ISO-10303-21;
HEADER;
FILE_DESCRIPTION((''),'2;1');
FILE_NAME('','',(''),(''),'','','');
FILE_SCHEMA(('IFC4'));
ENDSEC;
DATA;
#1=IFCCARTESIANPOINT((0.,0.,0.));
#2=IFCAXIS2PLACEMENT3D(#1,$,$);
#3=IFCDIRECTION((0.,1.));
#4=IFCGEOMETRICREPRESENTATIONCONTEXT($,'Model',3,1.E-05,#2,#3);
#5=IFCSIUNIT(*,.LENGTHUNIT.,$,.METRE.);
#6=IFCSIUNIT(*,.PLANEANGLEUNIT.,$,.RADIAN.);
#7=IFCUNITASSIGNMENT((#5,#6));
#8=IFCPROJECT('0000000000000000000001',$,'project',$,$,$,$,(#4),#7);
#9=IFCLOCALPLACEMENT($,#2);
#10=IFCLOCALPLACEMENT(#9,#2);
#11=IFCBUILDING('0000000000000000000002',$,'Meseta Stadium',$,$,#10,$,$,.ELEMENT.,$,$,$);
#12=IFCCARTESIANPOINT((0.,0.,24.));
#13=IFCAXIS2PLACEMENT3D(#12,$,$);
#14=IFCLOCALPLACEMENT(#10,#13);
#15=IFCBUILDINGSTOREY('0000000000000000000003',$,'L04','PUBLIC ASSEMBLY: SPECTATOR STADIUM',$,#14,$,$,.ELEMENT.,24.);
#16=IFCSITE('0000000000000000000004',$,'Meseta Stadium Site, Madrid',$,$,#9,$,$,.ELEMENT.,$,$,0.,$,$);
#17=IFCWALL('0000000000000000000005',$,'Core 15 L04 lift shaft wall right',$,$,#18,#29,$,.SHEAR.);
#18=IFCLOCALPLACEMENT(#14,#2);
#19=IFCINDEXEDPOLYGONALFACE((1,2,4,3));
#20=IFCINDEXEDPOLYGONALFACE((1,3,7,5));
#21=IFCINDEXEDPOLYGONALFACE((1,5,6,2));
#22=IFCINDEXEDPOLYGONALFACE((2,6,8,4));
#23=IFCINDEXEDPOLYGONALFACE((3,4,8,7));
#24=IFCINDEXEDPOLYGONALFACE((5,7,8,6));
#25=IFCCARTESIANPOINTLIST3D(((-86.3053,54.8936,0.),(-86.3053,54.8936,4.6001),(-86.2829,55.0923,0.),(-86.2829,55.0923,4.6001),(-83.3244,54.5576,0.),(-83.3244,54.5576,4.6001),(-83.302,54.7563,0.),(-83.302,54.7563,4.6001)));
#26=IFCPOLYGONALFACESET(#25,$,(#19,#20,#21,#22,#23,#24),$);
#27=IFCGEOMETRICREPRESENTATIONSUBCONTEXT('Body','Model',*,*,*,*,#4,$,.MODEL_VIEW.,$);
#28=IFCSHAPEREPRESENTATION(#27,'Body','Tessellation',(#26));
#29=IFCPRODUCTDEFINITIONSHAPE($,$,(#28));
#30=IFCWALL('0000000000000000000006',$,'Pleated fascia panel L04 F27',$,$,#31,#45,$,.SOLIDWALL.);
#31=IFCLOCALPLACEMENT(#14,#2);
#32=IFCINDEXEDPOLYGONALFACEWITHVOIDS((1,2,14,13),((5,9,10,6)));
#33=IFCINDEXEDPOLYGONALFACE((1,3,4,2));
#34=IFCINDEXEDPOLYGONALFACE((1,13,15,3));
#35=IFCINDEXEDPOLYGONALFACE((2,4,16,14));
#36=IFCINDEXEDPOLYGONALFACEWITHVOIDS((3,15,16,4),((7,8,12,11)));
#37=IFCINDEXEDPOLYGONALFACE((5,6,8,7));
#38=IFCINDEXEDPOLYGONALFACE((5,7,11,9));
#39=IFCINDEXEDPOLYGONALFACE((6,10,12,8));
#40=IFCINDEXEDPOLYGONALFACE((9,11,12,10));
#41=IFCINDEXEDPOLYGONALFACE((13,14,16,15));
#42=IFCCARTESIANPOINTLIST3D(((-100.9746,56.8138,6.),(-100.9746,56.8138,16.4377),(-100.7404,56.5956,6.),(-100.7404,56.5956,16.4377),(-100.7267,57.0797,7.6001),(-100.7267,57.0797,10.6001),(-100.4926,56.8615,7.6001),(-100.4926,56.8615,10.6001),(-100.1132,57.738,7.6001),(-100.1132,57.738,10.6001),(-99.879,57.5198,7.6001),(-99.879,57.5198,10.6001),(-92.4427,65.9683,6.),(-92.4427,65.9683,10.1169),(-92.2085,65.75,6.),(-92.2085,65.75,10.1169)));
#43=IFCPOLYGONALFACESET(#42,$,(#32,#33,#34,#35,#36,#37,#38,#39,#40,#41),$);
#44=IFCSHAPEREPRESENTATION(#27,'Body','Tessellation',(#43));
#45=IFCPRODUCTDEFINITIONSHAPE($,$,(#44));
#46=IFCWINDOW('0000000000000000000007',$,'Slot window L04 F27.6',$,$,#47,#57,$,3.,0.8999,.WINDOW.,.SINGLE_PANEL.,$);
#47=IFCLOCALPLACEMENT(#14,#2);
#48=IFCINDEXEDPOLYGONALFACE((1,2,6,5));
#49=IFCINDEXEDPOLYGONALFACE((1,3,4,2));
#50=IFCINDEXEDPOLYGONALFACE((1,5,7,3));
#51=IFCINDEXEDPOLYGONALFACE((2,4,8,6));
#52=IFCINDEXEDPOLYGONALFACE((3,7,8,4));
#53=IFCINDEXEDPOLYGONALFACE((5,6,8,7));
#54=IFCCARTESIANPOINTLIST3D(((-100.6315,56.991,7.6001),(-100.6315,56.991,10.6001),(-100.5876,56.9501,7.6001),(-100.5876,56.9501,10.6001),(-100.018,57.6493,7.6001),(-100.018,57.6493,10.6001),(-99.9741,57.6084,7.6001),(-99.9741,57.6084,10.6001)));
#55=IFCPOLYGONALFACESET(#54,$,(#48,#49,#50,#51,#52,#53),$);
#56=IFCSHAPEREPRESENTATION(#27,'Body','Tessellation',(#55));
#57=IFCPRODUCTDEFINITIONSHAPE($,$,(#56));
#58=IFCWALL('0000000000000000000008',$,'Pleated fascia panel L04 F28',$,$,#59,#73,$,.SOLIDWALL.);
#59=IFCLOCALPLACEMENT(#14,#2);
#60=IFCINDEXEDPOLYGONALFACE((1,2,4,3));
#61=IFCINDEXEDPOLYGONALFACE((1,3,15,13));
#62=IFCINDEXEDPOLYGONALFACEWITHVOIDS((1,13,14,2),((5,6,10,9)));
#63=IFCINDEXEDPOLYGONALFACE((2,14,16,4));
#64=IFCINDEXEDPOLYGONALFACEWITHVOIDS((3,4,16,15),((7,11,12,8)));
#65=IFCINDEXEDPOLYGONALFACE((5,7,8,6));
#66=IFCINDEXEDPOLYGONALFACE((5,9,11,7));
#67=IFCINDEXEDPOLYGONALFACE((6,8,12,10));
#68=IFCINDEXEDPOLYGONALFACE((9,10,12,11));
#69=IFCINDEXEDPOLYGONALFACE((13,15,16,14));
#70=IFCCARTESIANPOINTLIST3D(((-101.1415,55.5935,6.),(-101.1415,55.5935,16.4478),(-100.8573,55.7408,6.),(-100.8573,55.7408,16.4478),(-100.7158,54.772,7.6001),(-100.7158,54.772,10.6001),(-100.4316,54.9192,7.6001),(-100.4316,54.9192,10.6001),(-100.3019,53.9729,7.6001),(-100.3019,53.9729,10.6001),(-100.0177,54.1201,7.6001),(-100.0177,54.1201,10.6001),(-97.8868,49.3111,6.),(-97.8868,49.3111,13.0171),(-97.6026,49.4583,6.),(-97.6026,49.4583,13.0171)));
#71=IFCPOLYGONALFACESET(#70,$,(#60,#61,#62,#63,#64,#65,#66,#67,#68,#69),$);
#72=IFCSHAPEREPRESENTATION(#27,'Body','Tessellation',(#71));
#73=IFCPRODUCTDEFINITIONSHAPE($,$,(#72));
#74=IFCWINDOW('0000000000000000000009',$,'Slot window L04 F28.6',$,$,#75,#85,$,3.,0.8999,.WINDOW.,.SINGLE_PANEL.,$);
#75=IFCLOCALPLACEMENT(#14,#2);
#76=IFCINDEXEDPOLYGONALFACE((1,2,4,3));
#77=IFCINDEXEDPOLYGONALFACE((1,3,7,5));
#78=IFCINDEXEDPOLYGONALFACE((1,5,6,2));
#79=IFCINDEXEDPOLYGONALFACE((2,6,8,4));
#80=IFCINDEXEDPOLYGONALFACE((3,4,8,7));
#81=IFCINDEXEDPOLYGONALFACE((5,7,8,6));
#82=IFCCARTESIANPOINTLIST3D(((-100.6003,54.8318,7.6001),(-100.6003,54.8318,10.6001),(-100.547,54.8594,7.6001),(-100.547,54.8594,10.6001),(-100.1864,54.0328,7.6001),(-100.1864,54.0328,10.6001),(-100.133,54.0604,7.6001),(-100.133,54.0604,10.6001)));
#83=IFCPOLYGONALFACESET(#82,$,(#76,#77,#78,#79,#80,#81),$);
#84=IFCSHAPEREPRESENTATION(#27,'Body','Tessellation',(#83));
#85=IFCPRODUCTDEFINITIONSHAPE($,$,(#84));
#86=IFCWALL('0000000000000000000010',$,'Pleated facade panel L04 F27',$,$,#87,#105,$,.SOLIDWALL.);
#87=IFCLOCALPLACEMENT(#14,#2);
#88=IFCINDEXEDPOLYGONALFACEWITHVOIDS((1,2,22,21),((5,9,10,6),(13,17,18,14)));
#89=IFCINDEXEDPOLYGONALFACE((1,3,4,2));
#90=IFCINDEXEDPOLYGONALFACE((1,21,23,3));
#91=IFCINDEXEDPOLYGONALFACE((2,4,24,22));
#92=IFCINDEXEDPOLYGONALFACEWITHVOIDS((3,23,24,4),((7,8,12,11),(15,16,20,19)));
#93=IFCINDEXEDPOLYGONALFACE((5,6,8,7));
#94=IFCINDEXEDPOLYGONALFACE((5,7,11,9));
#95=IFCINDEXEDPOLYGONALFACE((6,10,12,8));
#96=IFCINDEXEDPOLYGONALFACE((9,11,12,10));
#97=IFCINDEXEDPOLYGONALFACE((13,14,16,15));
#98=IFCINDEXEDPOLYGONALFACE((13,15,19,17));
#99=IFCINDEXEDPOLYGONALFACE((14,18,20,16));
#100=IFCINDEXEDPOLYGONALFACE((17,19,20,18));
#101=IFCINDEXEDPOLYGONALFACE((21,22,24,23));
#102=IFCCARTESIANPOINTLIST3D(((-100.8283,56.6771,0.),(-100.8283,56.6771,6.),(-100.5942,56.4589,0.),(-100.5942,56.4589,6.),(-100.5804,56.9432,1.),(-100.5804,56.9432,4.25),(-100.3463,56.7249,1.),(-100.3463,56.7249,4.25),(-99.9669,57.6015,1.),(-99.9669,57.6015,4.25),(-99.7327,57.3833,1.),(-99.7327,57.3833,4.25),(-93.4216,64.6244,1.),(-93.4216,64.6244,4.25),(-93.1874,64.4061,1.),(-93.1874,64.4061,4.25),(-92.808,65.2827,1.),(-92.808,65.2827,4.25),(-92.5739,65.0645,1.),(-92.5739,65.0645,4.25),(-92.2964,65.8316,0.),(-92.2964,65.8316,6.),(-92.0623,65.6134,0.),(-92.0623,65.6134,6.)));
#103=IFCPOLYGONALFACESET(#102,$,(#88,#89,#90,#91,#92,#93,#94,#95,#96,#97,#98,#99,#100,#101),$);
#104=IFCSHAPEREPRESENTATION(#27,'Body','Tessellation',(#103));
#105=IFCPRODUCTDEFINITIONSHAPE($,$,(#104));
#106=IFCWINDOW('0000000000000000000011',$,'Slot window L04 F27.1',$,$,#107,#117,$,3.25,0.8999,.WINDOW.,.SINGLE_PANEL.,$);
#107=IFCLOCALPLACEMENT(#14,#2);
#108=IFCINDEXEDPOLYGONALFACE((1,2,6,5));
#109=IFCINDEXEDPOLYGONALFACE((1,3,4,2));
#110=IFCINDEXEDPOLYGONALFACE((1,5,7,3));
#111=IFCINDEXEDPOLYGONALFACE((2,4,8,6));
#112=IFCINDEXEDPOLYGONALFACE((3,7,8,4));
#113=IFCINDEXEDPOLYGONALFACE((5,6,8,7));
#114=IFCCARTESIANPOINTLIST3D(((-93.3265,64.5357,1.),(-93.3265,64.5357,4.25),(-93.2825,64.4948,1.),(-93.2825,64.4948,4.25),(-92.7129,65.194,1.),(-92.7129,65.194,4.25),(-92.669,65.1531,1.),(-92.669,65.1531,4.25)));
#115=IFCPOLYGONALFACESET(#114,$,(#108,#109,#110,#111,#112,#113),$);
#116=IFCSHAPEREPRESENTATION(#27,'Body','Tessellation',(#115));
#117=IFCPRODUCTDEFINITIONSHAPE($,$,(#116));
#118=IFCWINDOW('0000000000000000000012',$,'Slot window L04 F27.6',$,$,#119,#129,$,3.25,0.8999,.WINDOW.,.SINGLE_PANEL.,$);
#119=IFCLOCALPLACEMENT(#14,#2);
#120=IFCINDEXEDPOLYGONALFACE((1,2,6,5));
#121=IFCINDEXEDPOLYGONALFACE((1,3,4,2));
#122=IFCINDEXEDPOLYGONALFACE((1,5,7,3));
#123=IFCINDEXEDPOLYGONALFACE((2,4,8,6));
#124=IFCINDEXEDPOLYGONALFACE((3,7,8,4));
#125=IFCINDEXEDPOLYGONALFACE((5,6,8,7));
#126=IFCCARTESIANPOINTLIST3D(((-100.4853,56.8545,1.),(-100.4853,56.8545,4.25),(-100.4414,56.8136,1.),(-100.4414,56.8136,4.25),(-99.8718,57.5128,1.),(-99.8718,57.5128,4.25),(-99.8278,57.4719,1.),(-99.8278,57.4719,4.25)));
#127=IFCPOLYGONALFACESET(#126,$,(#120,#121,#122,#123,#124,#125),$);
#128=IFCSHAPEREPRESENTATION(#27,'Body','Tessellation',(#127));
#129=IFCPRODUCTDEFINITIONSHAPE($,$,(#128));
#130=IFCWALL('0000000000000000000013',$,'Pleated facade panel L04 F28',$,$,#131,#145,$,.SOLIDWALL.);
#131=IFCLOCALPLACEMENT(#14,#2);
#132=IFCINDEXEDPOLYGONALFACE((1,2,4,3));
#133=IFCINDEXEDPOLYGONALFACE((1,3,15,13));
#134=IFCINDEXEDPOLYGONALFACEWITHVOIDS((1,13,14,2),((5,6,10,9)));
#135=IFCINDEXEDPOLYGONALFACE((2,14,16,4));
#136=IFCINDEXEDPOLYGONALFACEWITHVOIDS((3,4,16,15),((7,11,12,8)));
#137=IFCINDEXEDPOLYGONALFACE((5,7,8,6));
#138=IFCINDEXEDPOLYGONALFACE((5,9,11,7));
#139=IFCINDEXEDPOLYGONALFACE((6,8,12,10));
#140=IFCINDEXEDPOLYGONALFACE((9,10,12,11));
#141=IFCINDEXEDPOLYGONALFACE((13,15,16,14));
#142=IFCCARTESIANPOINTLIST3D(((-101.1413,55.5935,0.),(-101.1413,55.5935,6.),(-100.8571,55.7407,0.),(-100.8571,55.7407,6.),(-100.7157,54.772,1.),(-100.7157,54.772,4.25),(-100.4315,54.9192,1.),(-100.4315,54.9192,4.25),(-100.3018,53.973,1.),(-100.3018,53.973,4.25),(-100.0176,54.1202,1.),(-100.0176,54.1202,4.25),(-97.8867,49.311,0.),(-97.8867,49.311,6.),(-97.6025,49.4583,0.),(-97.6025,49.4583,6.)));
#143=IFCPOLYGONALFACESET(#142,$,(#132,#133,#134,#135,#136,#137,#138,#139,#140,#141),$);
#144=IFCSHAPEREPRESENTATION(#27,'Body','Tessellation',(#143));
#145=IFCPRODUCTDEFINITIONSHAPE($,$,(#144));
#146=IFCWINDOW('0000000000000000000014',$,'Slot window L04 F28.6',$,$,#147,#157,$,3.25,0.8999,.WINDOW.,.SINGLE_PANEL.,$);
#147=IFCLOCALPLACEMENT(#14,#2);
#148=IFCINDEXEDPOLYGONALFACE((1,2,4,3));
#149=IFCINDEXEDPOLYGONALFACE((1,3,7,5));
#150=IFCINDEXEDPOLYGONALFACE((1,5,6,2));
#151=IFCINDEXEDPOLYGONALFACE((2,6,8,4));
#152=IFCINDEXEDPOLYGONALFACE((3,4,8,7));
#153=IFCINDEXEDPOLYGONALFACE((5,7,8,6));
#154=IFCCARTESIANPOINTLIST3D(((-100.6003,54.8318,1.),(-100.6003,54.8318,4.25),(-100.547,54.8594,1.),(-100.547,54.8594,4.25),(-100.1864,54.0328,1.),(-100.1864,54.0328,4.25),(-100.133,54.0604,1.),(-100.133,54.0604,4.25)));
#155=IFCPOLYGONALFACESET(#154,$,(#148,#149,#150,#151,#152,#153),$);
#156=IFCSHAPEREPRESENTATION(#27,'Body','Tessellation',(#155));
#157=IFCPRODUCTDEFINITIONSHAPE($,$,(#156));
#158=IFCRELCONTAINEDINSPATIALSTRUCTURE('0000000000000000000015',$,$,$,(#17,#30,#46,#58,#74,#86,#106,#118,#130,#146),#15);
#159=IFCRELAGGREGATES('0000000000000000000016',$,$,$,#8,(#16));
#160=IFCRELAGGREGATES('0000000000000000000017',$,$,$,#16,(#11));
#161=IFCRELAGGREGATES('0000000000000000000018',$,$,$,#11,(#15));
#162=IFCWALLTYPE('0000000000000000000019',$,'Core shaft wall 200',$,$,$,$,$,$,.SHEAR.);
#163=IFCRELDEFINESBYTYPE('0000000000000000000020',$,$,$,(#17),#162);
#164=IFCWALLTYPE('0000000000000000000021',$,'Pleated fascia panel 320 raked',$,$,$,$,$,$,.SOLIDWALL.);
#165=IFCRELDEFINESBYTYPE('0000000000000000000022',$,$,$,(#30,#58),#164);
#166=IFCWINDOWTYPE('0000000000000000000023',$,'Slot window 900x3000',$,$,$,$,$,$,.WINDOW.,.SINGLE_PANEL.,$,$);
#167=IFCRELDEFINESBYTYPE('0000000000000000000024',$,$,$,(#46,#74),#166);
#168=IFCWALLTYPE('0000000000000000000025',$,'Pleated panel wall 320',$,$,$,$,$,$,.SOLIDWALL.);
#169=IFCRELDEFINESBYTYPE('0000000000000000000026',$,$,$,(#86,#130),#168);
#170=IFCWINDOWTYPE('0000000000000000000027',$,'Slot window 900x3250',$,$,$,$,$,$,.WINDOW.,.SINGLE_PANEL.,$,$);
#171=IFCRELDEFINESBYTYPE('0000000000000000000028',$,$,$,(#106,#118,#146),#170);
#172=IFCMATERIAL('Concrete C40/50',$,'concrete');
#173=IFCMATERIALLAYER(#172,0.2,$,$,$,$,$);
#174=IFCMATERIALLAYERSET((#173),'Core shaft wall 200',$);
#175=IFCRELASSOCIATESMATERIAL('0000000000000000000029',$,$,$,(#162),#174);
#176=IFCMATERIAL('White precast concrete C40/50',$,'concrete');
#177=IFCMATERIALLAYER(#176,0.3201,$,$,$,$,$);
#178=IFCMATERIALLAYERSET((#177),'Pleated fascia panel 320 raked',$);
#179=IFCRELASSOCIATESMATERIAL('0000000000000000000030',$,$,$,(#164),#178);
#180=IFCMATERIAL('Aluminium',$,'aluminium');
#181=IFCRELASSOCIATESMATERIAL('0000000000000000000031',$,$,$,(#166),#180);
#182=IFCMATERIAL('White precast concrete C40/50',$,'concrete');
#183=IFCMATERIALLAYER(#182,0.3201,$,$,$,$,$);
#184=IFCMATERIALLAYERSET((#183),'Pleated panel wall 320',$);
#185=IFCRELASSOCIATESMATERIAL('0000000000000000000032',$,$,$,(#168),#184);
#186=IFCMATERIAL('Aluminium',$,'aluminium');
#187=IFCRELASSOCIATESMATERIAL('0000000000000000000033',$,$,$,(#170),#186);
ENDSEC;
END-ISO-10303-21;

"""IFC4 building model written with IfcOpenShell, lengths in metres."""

from ifc_helpers import new_model, si_unit, direction, frame, frame_2d, origin, place, context, subcontext, project, spatial, polyline, rectangle, outline, extrude, material, layer, layer_set, type_object, element, fill, save


model = new_model("IFC4")

# Units and contexts
model_context = context("Model", 3, precision=1e-05, world=origin(), true_north=direction((0.0, 1.0)))
body_context = subcontext(model_context, "Body", "Model", "MODEL_VIEW")
ifc_project = project(units=[si_unit("LENGTHUNIT", "METRE"), si_unit("PLANEANGLEUNIT", "RADIAN")], contexts=[model_context])

# Site, building, storey
site_placement = place(None, origin())
site = spatial("IfcSite", under=ifc_project, at=site_placement, Name="Meseta Stadium Site, Madrid", CompositionType="ELEMENT", RefElevation=0.0)
building_placement = place(site_placement, origin())
building = spatial("IfcBuilding", under=site, at=building_placement, Name="Meseta Stadium", CompositionType="ELEMENT")
storey_placement = place(building_placement, frame((0.0, 0.0, 24.0)))
storey = spatial("IfcBuildingStorey", under=building, at=storey_placement, Name="L04", Description="PUBLIC ASSEMBLY: SPECTATOR STADIUM", CompositionType="ELEMENT", Elevation=24.0)

# Shared definitions
ifc_material_1 = material(Name="Concrete C40/50", Category="concrete")
ifc_layer_1 = layer(ifc_material_1, 0.2)
ifc_layer_set_1 = layer_set([ifc_layer_1], Name="Core shaft wall 200")
wall_type_1 = type_object("IfcWallType", Name="Core shaft wall 200", PredefinedType="SHEAR", material=ifc_layer_set_1)

# Wall
wall_1_placement = place(storey_placement, frame((-86.2942, 54.9929, 0.0), z_axis=(0.0, 0.0, 1.0), x_axis=(0.99371, -0.111986, 0.0)))
element("IfcWall", 1, at=wall_1_placement, inside=storey, type_object=wall_type_1, Name="Core 15 L04 lift shaft wall right", PredefinedType="SHEAR", context=body_context, shape_type="SweptSolid", body=[
    extrude(rectangle(XDim=2.9998, YDim=0.2, at=frame_2d((1.5, 0.0))), origin(), (0.0, 0.0, 1.0), 4.6001),
])

# Walls, openings, windows
ifc_material_2 = material(Name="White precast concrete C40/50", Category="concrete")
ifc_layer_2 = layer(ifc_material_2, 0.3201)
ifc_layer_set_2 = layer_set([ifc_layer_2], Name="Pleated fascia panel 320 raked")
wall_type_2 = type_object("IfcWallType", Name="Pleated fascia panel 320 raked", PredefinedType="SOLIDWALL", material=ifc_layer_set_2)
wall_2_placement = place(storey_placement, frame((-100.8574, 56.7046, 6.0), z_axis=(0.0, 0.0, 1.0), x_axis=(0.681795, 0.731544, 0.0)))
wall_2 = element("IfcWall", 2, at=wall_2_placement, inside=storey, type_object=wall_type_2, Name="Pleated fascia panel L04 F27", PredefinedType="SOLIDWALL", context=body_context, shape_type="SweptSolid", body=[
    extrude(outline(polyline([(0.0, 0.0), (12.5139, 0.0), (12.5139, 4.1169), (0.0, 10.4377), (0.0, 0.0)])), frame((0.0, 0.1602, 0.0), z_axis=(0.0, -1.0, 0.0), x_axis=(1.0, 0.0, 0.0)), (0.0, 0.0, 1.0), 0.3201),
])
opening_1_placement = place(wall_2_placement, frame((0.3635, 0.0, 1.6001)))
opening_1 = element("IfcOpeningElement", 3, at=opening_1_placement, cuts=wall_2, PredefinedType="OPENING", context=body_context, shape_type="SweptSolid", body=[
    extrude(rectangle(XDim=0.8999, YDim=3.0, at=frame_2d((0.45, 1.5))), frame((0.0, 0.1699, 0.0), z_axis=(0.0, -1.0, 0.0), x_axis=(1.0, 0.0, 0.0)), (0.0, 0.0, 1.0), 0.3401),
])
ifc_material_3 = material(Name="Aluminium", Category="aluminium")
window_type_1 = type_object("IfcWindowType", Name="Slot window 900x3000", PartitioningType="SINGLE_PANEL", PredefinedType="WINDOW", material=ifc_material_3)
window_1_placement = place(opening_1_placement, origin())
window_1 = element("IfcWindow", 4, at=window_1_placement, inside=storey, type_object=window_type_1, Name="Slot window L04 F27.6", OverallHeight=3.0, OverallWidth=0.8999, PartitioningType="SINGLE_PANEL", PredefinedType="WINDOW", context=body_context, shape_type="SweptSolid", body=[
    extrude(rectangle(XDim=0.8999, YDim=3.0, at=frame_2d((0.45, 1.5))), frame((0.0, 0.03, 0.0), z_axis=(0.0, -1.0, 0.0), x_axis=(1.0, 0.0, 0.0)), (0.0, 0.0, 1.0), 0.0601),
])
fill(opening_1, window_1)
wall_3_placement = place(storey_placement, frame((-97.7446, 49.3848, 6.0), z_axis=(0.0, 0.0, 1.0), x_axis=(-0.45999, 0.887924, 0.0)))
wall_3 = element("IfcWall", 5, at=wall_3_placement, inside=storey, type_object=wall_type_2, Name="Pleated fascia panel L04 F28", PredefinedType="SOLIDWALL", context=body_context, shape_type="SweptSolid", body=[
    extrude(outline(polyline([(0.0, 0.0), (7.0754, 0.0), (7.0754, 10.4478), (0.0, 7.0171), (0.0, 0.0)])), frame((0.0, 0.1602, 0.0), z_axis=(0.0, -1.0, 0.0), x_axis=(1.0, 0.0, 0.0)), (0.0, 0.0, 1.0), 0.3201),
])
opening_2_placement = place(wall_3_placement, frame((5.2502, 0.0, 1.6001)))
opening_2 = element("IfcOpeningElement", 6, at=opening_2_placement, cuts=wall_3, PredefinedType="OPENING", context=body_context, shape_type="SweptSolid", body=[
    extrude(rectangle(XDim=0.8999, YDim=3.0, at=frame_2d((0.45, 1.5))), frame((0.0, 0.1699, 0.0), z_axis=(0.0, -1.0, 0.0), x_axis=(1.0, 0.0, 0.0)), (0.0, 0.0, 1.0), 0.3401),
])
window_2_placement = place(opening_2_placement, origin())
window_2 = element("IfcWindow", 7, at=window_2_placement, inside=storey, type_object=window_type_1, Name="Slot window L04 F28.6", OverallHeight=3.0, OverallWidth=0.8999, PartitioningType="SINGLE_PANEL", PredefinedType="WINDOW", context=body_context, shape_type="SweptSolid", body=[
    extrude(rectangle(XDim=0.8999, YDim=3.0, at=frame_2d((0.45, 1.5))), frame((0.0, 0.03, 0.0), z_axis=(0.0, -1.0, 0.0), x_axis=(1.0, 0.0, 0.0)), (0.0, 0.0, 1.0), 0.0601),
])
fill(opening_2, window_2)

# Wall, openings, windows
ifc_material_4 = material(Name="White precast concrete C40/50", Category="concrete")
ifc_layer_3 = layer(ifc_material_4, 0.3201)
ifc_layer_set_3 = layer_set([ifc_layer_3], Name="Pleated panel wall 320")
wall_type_3 = type_object("IfcWallType", Name="Pleated panel wall 320", PredefinedType="SOLIDWALL", material=ifc_layer_set_3)
wall_4_placement = place(storey_placement, frame((-100.7112, 56.5681, 0.0), z_axis=(0.0, 0.0, 1.0), x_axis=(0.681795, 0.731544, 0.0)))
wall_4 = element("IfcWall", 8, at=wall_4_placement, inside=storey, type_object=wall_type_3, Name="Pleated facade panel L04 F27", PredefinedType="SOLIDWALL", context=body_context, shape_type="SweptSolid", body=[
    extrude(rectangle(XDim=12.5139, YDim=0.3201, at=frame_2d((6.2568, 0.0))), origin(), (0.0, 0.0, 1.0), 6.0),
])
opening_3_placement = place(wall_4_placement, frame((10.8635, 0.0, 1.0)))
opening_3 = element("IfcOpeningElement", 9, at=opening_3_placement, cuts=wall_4, PredefinedType="OPENING", context=body_context, shape_type="SweptSolid", body=[
    extrude(rectangle(XDim=0.8999, YDim=3.25, at=frame_2d((0.45, 1.625))), frame((0.0, 0.1699, 0.0), z_axis=(0.0, -1.0, 0.0), x_axis=(1.0, 0.0, 0.0)), (0.0, 0.0, 1.0), 0.3401),
])
opening_4_placement = place(wall_4_placement, frame((0.3635, 0.0, 1.0)))
opening_4 = element("IfcOpeningElement", 10, at=opening_4_placement, cuts=wall_4, PredefinedType="OPENING", context=body_context, shape_type="SweptSolid", body=[
    extrude(rectangle(XDim=0.8999, YDim=3.25, at=frame_2d((0.45, 1.625))), frame((0.0, 0.1699, 0.0), z_axis=(0.0, -1.0, 0.0), x_axis=(1.0, 0.0, 0.0)), (0.0, 0.0, 1.0), 0.3401),
])
ifc_material_5 = material(Name="Aluminium", Category="aluminium")
window_type_2 = type_object("IfcWindowType", Name="Slot window 900x3250", PartitioningType="SINGLE_PANEL", PredefinedType="WINDOW", material=ifc_material_5)
window_3_placement = place(opening_3_placement, origin())
window_3 = element("IfcWindow", 11, at=window_3_placement, inside=storey, type_object=window_type_2, Name="Slot window L04 F27.1", OverallHeight=3.25, OverallWidth=0.8999, PartitioningType="SINGLE_PANEL", PredefinedType="WINDOW", context=body_context, shape_type="SweptSolid", body=[
    extrude(rectangle(XDim=0.8999, YDim=3.25, at=frame_2d((0.45, 1.625))), frame((0.0, 0.03, 0.0), z_axis=(0.0, -1.0, 0.0), x_axis=(1.0, 0.0, 0.0)), (0.0, 0.0, 1.0), 0.0601),
])
fill(opening_3, window_3)
window_4_placement = place(opening_4_placement, origin())
window_4 = element("IfcWindow", 12, at=window_4_placement, inside=storey, type_object=window_type_2, Name="Slot window L04 F27.6", OverallHeight=3.25, OverallWidth=0.8999, PartitioningType="SINGLE_PANEL", PredefinedType="WINDOW", context=body_context, shape_type="SweptSolid", body=[
    extrude(rectangle(XDim=0.8999, YDim=3.25, at=frame_2d((0.45, 1.625))), frame((0.0, 0.03, 0.0), z_axis=(0.0, -1.0, 0.0), x_axis=(1.0, 0.0, 0.0)), (0.0, 0.0, 1.0), 0.0601),
])
fill(opening_4, window_4)

# Wall, opening, window
wall_5_placement = place(storey_placement, frame((-97.7446, 49.3848, 0.0), z_axis=(0.0, 0.0, 1.0), x_axis=(-0.45999, 0.887924, 0.0)))
wall_5 = element("IfcWall", 13, at=wall_5_placement, inside=storey, type_object=wall_type_3, Name="Pleated facade panel L04 F28", PredefinedType="SOLIDWALL", context=body_context, shape_type="SweptSolid", body=[
    extrude(rectangle(XDim=7.0754, YDim=0.3201, at=frame_2d((3.5376, 0.0))), origin(), (0.0, 0.0, 1.0), 6.0),
])
opening_5_placement = place(wall_5_placement, frame((5.2502, 0.0, 1.0)))
opening_5 = element("IfcOpeningElement", 14, at=opening_5_placement, cuts=wall_5, PredefinedType="OPENING", context=body_context, shape_type="SweptSolid", body=[
    extrude(rectangle(XDim=0.8999, YDim=3.25, at=frame_2d((0.45, 1.625))), frame((0.0, 0.1699, 0.0), z_axis=(0.0, -1.0, 0.0), x_axis=(1.0, 0.0, 0.0)), (0.0, 0.0, 1.0), 0.3401),
])
window_5_placement = place(opening_5_placement, origin())
window_5 = element("IfcWindow", 15, at=window_5_placement, inside=storey, type_object=window_type_2, Name="Slot window L04 F28.6", OverallHeight=3.25, OverallWidth=0.8999, PartitioningType="SINGLE_PANEL", PredefinedType="WINDOW", context=body_context, shape_type="SweptSolid", body=[
    extrude(rectangle(XDim=0.8999, YDim=3.25, at=frame_2d((0.45, 1.625))), frame((0.0, 0.03, 0.0), z_axis=(0.0, -1.0, 0.0), x_axis=(1.0, 0.0, 0.0)), (0.0, 0.0, 1.0), 0.0601),
])
fill(opening_5, window_5)

save(model, "model.ifc")
